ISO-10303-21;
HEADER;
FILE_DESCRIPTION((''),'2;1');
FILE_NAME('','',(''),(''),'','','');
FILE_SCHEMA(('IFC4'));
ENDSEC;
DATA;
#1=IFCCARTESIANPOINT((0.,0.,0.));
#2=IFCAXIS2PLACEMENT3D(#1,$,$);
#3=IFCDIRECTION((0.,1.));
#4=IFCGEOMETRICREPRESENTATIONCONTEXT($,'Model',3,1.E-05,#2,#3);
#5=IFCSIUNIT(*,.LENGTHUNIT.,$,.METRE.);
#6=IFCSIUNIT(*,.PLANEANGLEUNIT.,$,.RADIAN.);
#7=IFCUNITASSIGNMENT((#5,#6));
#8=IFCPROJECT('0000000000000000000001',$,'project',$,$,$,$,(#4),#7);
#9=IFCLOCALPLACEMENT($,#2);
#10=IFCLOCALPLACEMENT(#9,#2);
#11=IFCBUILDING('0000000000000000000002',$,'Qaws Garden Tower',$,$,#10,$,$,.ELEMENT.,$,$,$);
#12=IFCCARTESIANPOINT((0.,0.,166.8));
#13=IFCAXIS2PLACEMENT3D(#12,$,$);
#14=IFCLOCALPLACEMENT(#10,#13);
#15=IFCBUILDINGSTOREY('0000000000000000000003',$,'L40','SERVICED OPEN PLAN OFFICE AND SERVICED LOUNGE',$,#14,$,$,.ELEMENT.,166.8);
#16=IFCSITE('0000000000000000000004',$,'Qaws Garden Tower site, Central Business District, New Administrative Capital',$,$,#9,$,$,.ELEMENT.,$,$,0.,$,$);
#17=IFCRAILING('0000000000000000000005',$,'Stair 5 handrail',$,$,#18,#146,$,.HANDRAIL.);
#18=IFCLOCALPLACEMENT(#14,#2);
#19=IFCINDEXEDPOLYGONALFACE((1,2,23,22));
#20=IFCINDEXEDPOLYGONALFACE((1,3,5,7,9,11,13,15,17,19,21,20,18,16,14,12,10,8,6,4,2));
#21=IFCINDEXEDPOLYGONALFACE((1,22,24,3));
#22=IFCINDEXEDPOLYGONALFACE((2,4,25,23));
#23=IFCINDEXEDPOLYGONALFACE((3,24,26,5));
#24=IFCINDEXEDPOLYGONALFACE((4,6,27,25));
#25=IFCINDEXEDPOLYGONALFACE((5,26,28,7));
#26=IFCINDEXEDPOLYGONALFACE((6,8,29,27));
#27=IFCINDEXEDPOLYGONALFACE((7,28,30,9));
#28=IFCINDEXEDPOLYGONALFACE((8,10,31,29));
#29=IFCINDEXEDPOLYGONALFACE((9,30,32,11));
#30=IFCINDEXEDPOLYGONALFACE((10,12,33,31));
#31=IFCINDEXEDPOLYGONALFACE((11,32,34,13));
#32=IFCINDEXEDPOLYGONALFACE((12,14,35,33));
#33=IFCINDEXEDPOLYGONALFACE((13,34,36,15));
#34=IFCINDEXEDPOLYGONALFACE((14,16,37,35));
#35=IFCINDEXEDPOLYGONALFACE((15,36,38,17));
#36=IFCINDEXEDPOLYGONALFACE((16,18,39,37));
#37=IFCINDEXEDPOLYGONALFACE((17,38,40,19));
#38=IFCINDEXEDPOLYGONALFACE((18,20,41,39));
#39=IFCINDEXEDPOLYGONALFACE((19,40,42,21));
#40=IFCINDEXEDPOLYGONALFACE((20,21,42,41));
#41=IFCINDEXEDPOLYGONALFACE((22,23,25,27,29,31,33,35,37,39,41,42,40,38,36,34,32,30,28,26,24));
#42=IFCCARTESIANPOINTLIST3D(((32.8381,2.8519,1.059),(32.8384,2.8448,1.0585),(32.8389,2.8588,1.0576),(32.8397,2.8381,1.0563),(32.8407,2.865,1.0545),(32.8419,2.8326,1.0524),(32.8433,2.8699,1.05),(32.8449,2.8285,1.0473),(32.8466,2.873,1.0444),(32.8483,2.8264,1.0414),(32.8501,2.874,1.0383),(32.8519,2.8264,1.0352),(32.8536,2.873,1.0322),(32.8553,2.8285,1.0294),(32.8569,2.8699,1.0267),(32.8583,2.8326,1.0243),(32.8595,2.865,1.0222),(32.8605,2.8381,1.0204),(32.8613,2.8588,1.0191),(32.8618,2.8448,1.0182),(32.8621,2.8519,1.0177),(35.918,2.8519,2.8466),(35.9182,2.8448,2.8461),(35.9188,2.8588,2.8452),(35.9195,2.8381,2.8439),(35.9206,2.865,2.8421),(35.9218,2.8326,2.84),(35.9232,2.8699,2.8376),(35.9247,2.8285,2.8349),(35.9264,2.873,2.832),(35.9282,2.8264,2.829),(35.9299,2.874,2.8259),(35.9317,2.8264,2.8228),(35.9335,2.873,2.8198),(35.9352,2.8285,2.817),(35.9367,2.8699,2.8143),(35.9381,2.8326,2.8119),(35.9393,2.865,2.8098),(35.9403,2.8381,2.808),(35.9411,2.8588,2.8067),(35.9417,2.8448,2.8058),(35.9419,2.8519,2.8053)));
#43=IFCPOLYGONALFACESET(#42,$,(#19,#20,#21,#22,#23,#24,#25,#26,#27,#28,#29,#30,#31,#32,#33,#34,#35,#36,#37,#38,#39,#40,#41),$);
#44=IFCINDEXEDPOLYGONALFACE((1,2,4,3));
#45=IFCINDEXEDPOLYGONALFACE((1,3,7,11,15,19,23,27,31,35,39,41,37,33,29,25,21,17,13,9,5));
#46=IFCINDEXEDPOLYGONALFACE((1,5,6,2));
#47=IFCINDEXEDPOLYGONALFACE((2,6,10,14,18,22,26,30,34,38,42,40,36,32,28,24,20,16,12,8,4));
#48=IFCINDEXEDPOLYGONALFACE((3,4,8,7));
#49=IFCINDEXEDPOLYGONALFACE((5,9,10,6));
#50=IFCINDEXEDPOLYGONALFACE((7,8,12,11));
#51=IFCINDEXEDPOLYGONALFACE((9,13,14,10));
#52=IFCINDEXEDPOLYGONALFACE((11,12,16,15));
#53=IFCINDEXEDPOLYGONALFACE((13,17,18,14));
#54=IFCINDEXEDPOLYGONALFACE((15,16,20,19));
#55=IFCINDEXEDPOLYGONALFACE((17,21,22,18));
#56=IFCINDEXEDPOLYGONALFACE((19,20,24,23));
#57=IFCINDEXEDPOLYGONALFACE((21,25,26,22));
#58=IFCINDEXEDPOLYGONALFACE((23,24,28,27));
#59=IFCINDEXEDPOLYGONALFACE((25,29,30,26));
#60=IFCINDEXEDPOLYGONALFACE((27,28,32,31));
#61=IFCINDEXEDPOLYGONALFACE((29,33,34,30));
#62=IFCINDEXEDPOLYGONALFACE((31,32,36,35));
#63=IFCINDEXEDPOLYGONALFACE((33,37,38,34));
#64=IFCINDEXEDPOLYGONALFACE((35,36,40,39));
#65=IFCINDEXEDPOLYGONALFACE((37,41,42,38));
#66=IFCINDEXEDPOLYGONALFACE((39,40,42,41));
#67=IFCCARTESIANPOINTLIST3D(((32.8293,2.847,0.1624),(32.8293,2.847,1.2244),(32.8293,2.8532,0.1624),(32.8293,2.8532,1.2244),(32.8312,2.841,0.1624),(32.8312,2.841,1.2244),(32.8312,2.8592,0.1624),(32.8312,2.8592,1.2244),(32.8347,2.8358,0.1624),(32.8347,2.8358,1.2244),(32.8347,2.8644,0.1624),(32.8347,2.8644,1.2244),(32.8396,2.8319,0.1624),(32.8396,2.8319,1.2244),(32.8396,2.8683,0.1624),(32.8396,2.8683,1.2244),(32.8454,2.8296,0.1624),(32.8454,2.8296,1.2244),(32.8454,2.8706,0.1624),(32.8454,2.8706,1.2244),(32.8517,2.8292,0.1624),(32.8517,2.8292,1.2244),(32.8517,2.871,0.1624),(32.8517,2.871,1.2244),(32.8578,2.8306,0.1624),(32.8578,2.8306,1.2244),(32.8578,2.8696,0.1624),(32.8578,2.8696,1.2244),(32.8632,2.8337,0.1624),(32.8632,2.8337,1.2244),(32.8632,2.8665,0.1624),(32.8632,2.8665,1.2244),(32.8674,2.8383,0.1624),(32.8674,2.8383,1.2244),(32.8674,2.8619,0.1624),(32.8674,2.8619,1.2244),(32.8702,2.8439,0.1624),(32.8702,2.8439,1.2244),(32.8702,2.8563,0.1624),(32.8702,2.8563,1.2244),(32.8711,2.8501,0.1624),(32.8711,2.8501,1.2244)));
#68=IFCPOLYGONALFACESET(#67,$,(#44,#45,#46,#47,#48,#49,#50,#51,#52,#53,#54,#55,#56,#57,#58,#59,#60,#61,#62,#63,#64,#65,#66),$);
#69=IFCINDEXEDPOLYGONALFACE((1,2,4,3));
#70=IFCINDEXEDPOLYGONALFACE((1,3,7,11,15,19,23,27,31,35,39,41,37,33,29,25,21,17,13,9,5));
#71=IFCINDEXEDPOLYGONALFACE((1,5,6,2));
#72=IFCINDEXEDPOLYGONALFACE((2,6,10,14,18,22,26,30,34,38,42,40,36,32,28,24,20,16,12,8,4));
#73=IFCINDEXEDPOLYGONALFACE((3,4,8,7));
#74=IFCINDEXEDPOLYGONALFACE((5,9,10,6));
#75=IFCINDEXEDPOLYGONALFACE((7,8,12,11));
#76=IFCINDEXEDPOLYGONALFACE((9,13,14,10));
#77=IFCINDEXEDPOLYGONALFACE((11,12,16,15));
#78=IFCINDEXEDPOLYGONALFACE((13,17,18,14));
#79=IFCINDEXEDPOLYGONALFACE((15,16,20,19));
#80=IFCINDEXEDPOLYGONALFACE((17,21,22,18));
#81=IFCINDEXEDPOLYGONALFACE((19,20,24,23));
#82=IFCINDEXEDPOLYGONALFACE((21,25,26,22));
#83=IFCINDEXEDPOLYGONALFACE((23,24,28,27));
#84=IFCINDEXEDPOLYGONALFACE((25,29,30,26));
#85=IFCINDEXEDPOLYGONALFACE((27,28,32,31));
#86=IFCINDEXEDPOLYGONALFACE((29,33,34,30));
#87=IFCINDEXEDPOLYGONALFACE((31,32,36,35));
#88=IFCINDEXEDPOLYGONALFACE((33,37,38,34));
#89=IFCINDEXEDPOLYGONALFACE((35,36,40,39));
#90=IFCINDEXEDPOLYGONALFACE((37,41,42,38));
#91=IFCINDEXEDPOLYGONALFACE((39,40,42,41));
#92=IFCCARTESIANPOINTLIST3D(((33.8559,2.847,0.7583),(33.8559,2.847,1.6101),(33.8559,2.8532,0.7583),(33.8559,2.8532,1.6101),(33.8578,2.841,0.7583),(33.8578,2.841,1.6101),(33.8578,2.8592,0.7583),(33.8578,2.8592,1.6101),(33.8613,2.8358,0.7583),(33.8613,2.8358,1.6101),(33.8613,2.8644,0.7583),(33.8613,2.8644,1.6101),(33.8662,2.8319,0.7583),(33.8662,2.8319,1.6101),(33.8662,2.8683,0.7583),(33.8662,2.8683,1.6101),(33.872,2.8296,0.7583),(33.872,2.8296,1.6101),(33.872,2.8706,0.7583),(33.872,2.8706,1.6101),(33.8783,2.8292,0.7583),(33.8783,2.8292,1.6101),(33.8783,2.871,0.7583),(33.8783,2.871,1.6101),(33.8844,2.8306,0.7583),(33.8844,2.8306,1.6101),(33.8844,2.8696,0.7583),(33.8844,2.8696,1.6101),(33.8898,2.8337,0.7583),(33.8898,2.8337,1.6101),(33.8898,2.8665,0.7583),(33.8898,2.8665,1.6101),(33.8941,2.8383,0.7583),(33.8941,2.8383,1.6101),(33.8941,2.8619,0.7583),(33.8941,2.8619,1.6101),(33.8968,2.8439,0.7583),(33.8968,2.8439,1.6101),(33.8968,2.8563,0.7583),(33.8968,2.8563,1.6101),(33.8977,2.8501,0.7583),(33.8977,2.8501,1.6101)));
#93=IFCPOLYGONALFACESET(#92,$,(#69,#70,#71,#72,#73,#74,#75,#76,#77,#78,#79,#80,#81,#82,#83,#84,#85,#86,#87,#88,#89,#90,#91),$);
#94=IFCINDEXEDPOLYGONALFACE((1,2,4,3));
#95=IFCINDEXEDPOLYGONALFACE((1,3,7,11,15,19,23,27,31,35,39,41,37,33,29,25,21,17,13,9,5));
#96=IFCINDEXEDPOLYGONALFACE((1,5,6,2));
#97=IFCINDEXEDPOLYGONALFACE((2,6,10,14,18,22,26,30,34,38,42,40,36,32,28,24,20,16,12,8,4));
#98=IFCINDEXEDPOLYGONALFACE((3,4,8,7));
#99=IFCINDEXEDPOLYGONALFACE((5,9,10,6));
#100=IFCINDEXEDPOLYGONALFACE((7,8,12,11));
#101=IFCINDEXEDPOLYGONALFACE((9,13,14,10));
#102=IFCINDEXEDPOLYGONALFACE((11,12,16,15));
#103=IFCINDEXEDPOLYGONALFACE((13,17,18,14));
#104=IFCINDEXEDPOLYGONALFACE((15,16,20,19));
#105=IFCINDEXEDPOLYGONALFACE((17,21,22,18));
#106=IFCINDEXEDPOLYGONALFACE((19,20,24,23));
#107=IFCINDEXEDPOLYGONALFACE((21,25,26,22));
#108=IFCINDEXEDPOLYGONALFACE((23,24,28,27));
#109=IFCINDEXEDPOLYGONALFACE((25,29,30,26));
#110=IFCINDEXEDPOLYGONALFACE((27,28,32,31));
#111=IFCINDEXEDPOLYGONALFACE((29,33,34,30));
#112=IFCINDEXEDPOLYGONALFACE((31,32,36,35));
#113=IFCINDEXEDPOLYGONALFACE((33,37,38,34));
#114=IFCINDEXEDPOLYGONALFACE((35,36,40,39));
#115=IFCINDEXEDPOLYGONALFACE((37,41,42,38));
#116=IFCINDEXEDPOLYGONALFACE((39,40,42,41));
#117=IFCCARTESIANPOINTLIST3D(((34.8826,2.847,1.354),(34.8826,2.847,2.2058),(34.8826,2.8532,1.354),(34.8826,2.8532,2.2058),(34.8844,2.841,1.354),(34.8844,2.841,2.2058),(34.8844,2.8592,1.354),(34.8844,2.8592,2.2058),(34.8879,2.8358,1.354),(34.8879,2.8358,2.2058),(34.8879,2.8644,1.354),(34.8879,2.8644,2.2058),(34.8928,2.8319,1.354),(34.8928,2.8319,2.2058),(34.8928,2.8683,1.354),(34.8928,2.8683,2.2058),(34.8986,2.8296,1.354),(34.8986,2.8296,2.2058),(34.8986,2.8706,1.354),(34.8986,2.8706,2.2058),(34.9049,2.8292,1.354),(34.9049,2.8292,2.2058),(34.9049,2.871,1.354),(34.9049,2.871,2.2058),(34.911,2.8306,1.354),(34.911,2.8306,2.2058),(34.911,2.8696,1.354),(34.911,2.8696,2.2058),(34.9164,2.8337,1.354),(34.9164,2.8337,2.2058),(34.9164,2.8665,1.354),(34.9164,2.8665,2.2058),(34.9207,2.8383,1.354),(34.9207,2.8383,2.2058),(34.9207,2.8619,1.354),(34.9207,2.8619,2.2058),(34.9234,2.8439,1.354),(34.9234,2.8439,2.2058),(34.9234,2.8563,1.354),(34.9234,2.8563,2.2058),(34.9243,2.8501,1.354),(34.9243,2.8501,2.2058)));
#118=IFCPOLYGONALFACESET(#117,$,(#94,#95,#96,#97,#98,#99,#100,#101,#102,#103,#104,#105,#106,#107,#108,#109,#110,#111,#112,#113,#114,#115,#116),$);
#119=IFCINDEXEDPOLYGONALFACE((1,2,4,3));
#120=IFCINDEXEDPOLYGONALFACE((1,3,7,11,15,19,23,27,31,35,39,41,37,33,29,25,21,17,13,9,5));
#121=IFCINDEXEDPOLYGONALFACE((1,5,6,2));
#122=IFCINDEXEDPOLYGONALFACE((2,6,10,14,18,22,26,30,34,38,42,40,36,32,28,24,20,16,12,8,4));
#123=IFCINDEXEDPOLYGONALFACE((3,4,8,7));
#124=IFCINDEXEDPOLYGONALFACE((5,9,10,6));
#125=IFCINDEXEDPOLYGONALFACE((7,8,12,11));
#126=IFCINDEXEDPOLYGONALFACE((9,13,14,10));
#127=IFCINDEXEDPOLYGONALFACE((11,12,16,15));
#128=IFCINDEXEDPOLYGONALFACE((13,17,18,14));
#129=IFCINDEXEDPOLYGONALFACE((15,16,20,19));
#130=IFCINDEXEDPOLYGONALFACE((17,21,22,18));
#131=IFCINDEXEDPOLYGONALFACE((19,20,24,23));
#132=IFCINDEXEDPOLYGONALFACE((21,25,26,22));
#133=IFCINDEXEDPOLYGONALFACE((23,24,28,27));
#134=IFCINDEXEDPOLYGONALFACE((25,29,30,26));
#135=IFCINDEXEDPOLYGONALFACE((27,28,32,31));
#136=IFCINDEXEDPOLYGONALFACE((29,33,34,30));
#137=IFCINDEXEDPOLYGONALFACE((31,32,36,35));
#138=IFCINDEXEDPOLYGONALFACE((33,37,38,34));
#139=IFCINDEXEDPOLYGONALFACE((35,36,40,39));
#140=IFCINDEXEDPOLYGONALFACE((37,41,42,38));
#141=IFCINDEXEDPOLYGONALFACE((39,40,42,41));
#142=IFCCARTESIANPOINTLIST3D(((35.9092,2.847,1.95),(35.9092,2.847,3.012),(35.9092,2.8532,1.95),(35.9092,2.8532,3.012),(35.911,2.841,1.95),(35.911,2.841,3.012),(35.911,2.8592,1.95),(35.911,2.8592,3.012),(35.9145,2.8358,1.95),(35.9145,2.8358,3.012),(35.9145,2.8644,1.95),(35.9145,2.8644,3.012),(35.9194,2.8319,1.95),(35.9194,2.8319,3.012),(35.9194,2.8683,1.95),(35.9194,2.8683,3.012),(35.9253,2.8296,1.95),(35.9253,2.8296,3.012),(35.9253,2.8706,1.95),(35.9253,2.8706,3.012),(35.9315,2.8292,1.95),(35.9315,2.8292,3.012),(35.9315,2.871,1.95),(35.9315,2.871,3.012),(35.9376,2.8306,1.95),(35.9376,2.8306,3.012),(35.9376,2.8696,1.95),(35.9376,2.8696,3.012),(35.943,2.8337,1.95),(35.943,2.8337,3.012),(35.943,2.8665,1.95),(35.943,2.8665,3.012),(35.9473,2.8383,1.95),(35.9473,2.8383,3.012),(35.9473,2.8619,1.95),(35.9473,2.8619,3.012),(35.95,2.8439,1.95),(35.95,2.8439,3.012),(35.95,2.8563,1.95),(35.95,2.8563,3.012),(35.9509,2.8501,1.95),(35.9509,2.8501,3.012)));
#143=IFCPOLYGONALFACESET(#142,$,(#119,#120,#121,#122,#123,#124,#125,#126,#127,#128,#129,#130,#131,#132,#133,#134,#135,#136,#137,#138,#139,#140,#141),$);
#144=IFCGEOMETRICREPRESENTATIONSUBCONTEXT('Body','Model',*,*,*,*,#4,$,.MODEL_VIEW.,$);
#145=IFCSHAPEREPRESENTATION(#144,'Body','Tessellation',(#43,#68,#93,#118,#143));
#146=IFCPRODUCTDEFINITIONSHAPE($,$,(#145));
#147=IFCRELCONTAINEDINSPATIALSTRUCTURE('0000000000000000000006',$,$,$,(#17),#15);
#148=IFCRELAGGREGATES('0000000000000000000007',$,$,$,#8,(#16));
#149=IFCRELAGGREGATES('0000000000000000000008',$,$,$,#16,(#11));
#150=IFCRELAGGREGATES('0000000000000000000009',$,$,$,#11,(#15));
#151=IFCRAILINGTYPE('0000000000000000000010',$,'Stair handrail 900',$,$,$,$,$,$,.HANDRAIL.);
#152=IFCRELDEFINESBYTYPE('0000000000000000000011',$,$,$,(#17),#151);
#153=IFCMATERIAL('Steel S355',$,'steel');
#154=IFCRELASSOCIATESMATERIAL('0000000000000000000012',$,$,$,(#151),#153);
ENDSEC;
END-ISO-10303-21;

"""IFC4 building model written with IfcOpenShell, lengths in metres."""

from ifc_helpers import new_model, si_unit, direction, frame, origin, origin_2d, place, context, subcontext, project, spatial, circle, extrude, material, type_object, element, save


model = new_model("IFC4")

# Units and contexts
model_context = context("Model", 3, precision=1e-05, world=origin(), true_north=direction((0.0, 1.0)))
body_context = subcontext(model_context, "Body", "Model", "MODEL_VIEW")
ifc_project = project(units=[si_unit("LENGTHUNIT", "METRE"), si_unit("PLANEANGLEUNIT", "RADIAN")], contexts=[model_context])

# Site, building, storey
site_placement = place(None, origin())
site = spatial("IfcSite", under=ifc_project, at=site_placement, Name="Qaws Garden Tower site, Central Business District, New Administrative Capital", CompositionType="ELEMENT", RefElevation=0.0)
building_placement = place(site_placement, origin())
building = spatial("IfcBuilding", under=site, at=building_placement, Name="Qaws Garden Tower", CompositionType="ELEMENT")
storey_placement = place(building_placement, frame((0.0, 0.0, 166.8)))
storey = spatial("IfcBuildingStorey", under=building, at=storey_placement, Name="L40", Description="SERVICED OPEN PLAN OFFICE AND SERVICED LOUNGE", CompositionType="ELEMENT", Elevation=166.8)

# Railing
ifc_material_1 = material(Name="Steel S355", Category="steel")
railing_type = type_object("IfcRailingType", Name="Stair handrail 900", PredefinedType="HANDRAIL", material=ifc_material_1)
railing_1_placement = place(storey_placement, frame((32.8501, 2.8501, 0.1624)))
element("IfcRailing", 1, at=railing_1_placement, inside=storey, type_object=railing_type, Name="Stair 5 handrail", PredefinedType="HANDRAIL", context=body_context, shape_type="SweptSolid", body=[
    extrude(circle(Radius=0.0239, at=origin_2d()), frame((0.0, 0.0, 0.876), z_axis=(0.864873, 0.0, 0.50199), x_axis=(0.0, 1.0, 0.0)), (0.0, 0.0, 1.0), 3.561),
    extrude(circle(Radius=0.021, at=origin_2d()), origin(), (0.0, 0.0, 1.0), 1.062),
    extrude(circle(Radius=0.021, at=origin_2d()), frame((1.0266, 0.0, 0.5959)), (0.0, 0.0, 1.0), 0.8518),
    extrude(circle(Radius=0.021, at=origin_2d()), frame((2.0532, 0.0, 1.1917)), (0.0, 0.0, 1.0), 0.8518),
    extrude(circle(Radius=0.021, at=origin_2d()), frame((3.0798, 0.0, 1.7876)), (0.0, 0.0, 1.0), 1.062),
])

save(model, "model.ifc")
